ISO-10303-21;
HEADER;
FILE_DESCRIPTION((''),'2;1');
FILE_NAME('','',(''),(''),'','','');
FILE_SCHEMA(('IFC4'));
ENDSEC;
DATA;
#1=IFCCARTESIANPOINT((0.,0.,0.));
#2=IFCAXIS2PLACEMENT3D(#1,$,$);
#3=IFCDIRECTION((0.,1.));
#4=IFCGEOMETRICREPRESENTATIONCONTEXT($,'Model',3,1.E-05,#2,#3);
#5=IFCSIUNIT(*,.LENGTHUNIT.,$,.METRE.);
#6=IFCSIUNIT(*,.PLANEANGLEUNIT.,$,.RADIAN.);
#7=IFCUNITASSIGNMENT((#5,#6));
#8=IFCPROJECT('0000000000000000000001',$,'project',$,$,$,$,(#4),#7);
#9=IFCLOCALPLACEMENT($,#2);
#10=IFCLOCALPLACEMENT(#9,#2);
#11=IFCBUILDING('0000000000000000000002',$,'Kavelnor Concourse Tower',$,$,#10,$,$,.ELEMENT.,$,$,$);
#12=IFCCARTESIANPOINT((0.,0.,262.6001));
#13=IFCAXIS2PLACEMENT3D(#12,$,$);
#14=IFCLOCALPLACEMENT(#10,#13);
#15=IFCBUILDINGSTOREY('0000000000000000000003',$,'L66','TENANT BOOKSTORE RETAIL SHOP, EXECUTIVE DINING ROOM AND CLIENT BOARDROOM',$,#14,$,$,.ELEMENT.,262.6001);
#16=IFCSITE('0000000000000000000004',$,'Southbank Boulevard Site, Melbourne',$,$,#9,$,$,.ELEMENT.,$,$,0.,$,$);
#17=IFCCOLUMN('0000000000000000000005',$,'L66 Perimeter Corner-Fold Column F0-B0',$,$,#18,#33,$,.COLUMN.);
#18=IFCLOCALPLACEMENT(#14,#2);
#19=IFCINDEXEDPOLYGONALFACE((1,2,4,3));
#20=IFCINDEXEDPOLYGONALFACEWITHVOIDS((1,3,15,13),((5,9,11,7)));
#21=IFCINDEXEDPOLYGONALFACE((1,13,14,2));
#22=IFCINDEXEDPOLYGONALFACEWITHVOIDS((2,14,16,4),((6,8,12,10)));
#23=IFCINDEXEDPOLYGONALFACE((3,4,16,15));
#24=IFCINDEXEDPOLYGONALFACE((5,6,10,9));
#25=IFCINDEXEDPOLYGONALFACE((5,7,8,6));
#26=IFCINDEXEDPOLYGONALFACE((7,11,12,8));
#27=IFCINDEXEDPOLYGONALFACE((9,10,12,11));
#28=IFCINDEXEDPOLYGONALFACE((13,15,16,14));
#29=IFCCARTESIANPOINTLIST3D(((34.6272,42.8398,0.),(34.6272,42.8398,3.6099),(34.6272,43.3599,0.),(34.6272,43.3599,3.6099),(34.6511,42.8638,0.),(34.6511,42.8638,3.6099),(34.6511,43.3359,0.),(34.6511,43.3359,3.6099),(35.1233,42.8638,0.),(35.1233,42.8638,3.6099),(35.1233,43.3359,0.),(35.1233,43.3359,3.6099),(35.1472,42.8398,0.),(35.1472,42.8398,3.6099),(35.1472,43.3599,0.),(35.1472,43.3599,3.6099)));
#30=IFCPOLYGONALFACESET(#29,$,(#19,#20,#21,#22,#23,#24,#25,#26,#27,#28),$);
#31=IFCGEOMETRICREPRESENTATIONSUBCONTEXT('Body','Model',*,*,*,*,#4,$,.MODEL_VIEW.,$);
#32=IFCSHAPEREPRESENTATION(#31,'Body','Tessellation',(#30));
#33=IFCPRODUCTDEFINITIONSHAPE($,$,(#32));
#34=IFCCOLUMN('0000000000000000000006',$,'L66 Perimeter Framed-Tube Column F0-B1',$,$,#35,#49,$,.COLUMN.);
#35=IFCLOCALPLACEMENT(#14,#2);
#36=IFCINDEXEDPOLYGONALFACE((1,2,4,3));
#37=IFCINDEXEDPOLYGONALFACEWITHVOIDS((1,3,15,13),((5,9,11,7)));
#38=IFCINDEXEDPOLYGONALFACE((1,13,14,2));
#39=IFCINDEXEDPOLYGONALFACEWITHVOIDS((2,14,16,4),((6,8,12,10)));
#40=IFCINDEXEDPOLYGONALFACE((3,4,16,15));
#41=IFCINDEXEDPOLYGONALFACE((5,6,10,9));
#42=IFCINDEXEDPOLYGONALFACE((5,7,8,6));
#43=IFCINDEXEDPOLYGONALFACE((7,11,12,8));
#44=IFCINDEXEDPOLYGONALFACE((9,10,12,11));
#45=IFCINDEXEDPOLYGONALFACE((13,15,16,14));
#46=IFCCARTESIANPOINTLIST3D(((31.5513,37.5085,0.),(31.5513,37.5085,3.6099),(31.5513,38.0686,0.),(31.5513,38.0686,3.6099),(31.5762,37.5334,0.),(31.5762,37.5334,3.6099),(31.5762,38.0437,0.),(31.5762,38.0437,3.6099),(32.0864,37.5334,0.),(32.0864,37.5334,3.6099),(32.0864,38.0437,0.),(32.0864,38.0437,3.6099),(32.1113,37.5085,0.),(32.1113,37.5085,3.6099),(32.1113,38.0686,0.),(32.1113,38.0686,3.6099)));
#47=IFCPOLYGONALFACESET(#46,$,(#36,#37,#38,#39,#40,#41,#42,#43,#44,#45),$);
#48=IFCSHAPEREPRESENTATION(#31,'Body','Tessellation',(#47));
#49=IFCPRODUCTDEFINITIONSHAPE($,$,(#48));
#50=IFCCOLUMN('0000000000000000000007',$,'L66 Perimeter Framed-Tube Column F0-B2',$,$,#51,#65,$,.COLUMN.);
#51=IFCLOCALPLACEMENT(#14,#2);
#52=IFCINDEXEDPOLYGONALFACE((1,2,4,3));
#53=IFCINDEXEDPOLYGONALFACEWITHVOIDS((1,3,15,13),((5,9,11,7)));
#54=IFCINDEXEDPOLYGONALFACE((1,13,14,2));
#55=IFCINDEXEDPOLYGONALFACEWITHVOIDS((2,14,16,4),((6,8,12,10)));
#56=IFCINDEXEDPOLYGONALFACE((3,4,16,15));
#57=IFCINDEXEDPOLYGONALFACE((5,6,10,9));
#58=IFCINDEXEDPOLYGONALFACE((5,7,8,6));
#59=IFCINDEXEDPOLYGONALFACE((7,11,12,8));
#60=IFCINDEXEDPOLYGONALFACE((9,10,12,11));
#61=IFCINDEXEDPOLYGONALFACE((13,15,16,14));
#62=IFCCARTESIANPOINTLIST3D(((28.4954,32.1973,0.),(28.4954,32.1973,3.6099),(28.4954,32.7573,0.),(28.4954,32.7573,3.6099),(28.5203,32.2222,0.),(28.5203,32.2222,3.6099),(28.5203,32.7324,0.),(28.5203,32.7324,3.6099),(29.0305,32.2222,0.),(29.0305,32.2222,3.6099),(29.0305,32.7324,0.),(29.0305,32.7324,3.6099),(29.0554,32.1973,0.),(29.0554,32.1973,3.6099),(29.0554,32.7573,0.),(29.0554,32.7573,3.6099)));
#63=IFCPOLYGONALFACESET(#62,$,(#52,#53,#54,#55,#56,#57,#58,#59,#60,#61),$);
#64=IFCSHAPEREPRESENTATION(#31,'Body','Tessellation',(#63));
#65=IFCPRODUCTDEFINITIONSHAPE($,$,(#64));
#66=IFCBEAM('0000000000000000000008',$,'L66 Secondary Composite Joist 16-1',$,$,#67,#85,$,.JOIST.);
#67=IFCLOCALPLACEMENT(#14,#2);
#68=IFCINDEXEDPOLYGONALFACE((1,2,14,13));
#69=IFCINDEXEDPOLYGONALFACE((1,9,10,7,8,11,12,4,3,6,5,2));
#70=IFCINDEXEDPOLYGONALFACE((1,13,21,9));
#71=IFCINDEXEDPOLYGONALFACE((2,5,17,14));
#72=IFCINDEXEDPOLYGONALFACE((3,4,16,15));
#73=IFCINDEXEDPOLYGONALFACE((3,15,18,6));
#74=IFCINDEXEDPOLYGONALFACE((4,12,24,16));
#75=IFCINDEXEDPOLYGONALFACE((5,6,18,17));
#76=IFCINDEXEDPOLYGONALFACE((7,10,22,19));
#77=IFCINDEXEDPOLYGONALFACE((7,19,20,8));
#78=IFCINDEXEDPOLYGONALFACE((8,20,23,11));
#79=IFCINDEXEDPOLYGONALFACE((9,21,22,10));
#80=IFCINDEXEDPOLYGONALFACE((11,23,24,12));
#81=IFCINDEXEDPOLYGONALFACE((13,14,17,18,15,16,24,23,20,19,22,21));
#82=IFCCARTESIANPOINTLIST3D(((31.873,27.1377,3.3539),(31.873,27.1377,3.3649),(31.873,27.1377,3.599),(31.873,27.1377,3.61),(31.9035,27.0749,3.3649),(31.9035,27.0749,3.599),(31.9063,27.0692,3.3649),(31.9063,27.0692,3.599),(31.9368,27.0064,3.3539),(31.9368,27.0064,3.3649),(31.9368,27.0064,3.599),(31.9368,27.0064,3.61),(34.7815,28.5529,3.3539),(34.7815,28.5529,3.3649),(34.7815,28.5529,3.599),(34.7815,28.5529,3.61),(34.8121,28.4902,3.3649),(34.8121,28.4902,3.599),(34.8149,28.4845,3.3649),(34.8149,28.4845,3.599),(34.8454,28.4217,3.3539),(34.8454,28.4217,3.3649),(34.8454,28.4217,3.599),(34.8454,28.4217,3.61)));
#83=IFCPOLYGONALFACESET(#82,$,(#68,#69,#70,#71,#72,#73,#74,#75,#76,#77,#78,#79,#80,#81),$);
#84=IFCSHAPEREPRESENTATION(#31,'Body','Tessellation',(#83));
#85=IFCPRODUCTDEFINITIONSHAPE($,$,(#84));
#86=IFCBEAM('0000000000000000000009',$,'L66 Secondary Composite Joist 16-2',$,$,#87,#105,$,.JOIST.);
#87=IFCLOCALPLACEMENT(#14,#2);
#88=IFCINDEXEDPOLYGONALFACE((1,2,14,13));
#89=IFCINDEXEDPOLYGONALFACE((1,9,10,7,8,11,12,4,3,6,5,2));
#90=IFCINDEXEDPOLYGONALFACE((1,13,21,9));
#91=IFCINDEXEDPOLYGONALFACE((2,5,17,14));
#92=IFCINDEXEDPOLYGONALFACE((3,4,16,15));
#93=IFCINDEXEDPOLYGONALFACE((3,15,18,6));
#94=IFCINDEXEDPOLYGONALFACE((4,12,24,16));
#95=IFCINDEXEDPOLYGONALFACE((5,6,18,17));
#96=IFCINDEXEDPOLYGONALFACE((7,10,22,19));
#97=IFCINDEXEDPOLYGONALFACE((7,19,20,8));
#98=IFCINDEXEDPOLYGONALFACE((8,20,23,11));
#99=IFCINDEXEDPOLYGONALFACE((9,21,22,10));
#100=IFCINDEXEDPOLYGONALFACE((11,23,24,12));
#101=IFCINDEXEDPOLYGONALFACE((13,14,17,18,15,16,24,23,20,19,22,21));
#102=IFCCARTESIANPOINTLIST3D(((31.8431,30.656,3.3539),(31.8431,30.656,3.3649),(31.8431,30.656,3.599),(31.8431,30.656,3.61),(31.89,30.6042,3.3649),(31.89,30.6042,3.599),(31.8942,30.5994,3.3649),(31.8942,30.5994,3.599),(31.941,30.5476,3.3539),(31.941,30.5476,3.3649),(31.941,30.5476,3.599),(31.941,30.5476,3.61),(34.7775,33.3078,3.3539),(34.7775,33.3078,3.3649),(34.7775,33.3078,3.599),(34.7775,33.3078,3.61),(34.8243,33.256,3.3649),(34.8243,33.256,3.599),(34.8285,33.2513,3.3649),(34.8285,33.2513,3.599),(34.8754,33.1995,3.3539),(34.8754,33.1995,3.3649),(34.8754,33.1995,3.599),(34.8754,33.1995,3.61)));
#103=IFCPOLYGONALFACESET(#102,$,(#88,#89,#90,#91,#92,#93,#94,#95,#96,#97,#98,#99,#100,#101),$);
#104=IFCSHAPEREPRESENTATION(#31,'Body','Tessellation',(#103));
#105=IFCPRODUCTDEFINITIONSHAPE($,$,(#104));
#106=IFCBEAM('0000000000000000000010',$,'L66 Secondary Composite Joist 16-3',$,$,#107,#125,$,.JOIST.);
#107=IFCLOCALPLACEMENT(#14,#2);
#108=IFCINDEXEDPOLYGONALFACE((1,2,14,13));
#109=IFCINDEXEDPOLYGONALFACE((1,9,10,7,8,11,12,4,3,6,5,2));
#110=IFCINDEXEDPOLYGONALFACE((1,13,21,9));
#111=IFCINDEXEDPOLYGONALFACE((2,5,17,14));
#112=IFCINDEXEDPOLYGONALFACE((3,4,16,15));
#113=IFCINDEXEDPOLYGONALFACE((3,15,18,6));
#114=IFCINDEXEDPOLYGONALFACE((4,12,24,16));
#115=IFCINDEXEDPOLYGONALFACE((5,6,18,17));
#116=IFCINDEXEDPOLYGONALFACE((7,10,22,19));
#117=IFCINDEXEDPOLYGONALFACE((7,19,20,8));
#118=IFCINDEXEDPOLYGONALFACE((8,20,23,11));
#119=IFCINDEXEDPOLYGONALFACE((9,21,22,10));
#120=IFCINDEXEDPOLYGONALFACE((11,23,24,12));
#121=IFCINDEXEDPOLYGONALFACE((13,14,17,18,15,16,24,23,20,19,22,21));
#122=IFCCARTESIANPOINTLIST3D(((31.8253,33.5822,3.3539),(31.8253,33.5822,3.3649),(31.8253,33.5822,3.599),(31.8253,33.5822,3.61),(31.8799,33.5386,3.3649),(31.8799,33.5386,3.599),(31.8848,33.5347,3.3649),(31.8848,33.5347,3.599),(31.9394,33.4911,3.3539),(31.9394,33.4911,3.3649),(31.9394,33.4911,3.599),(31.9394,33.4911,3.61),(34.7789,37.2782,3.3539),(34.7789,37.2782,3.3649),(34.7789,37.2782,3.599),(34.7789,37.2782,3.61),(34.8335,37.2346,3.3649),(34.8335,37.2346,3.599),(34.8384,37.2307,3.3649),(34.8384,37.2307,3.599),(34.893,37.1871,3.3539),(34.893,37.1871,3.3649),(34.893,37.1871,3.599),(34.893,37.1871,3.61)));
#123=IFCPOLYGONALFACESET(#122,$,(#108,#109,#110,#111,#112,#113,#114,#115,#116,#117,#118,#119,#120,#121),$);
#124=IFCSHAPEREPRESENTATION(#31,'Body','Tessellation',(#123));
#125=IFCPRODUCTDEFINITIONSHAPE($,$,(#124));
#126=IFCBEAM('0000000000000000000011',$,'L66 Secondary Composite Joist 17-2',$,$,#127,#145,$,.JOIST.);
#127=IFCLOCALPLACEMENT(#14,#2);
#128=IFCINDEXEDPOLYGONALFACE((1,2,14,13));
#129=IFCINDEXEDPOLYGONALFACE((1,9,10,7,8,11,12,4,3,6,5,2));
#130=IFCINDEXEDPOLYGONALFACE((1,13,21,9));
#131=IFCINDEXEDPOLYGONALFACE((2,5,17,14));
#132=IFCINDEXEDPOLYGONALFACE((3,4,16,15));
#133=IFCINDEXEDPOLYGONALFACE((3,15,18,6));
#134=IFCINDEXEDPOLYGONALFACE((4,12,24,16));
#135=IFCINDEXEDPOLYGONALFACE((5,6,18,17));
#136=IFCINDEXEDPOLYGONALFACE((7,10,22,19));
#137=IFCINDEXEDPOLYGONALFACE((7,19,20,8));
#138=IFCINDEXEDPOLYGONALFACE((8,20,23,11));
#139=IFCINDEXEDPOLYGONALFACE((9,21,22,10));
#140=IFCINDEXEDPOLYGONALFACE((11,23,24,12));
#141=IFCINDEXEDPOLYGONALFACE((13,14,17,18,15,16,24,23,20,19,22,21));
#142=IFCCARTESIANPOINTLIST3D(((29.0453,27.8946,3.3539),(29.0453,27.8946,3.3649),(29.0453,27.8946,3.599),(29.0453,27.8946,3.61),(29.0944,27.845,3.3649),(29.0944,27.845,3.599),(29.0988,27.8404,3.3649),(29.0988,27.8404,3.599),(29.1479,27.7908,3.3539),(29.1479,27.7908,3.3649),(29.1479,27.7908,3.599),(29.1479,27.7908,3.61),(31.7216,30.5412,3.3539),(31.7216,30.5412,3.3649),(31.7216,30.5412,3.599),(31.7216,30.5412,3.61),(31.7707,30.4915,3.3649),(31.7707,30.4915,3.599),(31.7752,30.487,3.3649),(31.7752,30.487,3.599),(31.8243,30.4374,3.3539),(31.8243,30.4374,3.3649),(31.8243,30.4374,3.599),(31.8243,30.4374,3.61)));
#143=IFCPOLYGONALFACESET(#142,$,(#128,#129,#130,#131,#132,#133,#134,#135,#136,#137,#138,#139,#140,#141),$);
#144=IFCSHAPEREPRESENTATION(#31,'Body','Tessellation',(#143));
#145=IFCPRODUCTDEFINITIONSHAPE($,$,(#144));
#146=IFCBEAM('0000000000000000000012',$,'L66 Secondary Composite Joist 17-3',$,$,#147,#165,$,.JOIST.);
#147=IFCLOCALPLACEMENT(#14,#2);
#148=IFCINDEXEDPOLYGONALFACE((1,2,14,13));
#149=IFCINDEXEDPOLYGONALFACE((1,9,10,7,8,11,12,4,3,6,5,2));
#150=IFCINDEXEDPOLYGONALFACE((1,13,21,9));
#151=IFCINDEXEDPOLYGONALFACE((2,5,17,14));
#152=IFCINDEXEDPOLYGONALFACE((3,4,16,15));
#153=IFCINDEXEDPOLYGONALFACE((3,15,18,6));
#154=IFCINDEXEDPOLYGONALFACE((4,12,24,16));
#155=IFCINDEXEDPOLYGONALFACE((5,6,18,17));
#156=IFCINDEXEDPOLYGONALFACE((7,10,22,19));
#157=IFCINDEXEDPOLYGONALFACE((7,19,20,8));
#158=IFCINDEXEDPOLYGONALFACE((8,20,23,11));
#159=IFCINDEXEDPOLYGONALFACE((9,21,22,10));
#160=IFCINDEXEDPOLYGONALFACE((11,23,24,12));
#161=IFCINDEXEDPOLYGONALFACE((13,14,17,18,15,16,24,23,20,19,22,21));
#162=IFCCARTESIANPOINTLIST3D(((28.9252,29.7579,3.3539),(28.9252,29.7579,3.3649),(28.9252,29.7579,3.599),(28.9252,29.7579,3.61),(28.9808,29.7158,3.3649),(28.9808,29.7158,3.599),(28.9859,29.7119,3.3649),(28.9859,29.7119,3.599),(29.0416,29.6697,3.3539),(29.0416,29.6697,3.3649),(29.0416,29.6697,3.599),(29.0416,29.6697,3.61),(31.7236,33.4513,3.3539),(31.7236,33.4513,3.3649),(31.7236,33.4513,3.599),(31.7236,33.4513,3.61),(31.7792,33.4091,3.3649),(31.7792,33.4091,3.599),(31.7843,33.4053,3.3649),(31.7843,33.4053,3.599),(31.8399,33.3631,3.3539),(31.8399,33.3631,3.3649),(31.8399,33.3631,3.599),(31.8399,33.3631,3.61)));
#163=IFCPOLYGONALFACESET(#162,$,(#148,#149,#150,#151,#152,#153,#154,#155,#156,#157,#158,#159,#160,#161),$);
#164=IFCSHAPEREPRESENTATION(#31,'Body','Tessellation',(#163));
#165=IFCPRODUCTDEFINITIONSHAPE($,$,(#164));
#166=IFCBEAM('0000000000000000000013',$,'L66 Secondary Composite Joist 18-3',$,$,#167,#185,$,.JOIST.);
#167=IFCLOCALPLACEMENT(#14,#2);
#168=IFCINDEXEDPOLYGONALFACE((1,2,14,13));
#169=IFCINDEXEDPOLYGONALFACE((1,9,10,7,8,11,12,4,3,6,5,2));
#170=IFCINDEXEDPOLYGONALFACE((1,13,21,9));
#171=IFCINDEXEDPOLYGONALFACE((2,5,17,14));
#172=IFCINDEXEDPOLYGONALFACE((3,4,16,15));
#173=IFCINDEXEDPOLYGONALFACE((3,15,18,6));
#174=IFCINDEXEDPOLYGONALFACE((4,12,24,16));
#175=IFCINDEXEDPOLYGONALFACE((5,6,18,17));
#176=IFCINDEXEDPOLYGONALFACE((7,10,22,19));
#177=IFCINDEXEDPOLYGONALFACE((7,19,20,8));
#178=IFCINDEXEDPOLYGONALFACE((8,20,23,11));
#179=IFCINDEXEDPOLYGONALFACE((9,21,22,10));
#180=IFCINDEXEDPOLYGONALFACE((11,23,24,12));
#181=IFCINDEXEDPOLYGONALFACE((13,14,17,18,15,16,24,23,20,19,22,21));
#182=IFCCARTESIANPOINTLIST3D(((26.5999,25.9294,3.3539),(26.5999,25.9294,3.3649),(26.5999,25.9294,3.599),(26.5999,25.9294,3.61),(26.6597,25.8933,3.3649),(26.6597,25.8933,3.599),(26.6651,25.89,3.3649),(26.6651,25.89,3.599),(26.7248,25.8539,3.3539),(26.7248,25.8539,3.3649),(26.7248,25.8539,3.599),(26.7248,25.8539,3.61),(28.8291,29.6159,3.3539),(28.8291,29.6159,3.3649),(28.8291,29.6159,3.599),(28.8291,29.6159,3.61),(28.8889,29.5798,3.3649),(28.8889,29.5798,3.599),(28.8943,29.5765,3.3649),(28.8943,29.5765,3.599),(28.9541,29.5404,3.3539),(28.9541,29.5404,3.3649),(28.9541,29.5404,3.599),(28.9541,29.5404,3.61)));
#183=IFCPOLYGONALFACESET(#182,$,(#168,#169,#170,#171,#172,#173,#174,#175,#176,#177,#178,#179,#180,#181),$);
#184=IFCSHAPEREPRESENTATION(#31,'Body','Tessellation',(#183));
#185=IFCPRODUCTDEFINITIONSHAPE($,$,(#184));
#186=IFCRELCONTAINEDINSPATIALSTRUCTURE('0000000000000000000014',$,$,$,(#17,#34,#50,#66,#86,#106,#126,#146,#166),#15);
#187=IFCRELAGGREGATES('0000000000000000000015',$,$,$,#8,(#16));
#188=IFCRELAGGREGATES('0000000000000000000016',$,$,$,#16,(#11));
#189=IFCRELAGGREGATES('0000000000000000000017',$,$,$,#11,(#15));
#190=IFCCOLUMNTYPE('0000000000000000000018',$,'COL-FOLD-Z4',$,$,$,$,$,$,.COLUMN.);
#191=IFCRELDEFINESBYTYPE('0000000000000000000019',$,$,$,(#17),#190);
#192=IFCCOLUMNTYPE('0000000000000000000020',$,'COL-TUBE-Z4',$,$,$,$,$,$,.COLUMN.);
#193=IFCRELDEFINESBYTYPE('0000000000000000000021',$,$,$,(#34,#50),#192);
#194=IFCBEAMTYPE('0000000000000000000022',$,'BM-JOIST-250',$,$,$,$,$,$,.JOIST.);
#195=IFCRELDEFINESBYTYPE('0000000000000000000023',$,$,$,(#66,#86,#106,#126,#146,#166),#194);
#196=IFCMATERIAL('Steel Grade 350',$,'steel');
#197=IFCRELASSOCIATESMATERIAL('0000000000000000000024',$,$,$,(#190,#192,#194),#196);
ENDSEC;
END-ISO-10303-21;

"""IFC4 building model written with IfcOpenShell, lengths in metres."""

from ifc_helpers import new_model, si_unit, direction, frame, origin, origin_2d, place, context, subcontext, project, spatial, hollow_rectangle, i_section, extrude, material, material_profile, profile_set, type_object, element, save


model = new_model("IFC4")

# Units and contexts
model_context = context("Model", 3, precision=1e-05, world=origin(), true_north=direction((0.0, 1.0)))
body_context = subcontext(model_context, "Body", "Model", "MODEL_VIEW")
ifc_project = project(units=[si_unit("LENGTHUNIT", "METRE"), si_unit("PLANEANGLEUNIT", "RADIAN")], contexts=[model_context])

# Site, building, storey
site_placement = place(None, origin())
site = spatial("IfcSite", under=ifc_project, at=site_placement, Name="Southbank Boulevard Site, Melbourne", CompositionType="ELEMENT", RefElevation=0.0)
building_placement = place(site_placement, origin())
building = spatial("IfcBuilding", under=site, at=building_placement, Name="Kavelnor Concourse Tower", CompositionType="ELEMENT")
storey_placement = place(building_placement, frame((0.0, 0.0, 262.6001)))
storey = spatial("IfcBuildingStorey", under=building, at=storey_placement, Name="L66", Description="TENANT BOOKSTORE RETAIL SHOP, EXECUTIVE DINING ROOM AND CLIENT BOARDROOM", CompositionType="ELEMENT", Elevation=262.6001)

# Columns
ifc_material_1 = material(Name="Steel Grade 350", Category="steel")
ifc_material_profile_1 = material_profile(ifc_material_1, hollow_rectangle(XDim=0.52, YDim=0.52, WallThickness=0.0239, at=origin_2d()), Name="SHS 520x520x24")
ifc_profile_set_1 = profile_set([ifc_material_profile_1], Name="Steel Grade 350")
column_type_1 = type_object("IfcColumnType", Name="COL-FOLD-Z4", PredefinedType="COLUMN", material=ifc_profile_set_1)
column_placement = place(storey_placement, frame((34.8872, 43.0999, 0.0), z_axis=(0.0, 0.0, 1.0), x_axis=(1.0, 0.0, 0.0)))
element("IfcColumn", 1, at=column_placement, inside=storey, type_object=column_type_1, Name="L66 Perimeter Corner-Fold Column F0-B0", PredefinedType="COLUMN", context=body_context, shape_type="SweptSolid", body=[
    extrude(hollow_rectangle(XDim=0.52, YDim=0.52, WallThickness=0.0239, at=origin_2d()), origin(), (0.0, 0.0, 1.0), 3.6099),
])
ifc_material_profile_2 = material_profile(ifc_material_1, hollow_rectangle(XDim=0.5601, YDim=0.5601, WallThickness=0.0249, at=origin_2d()), Name="SHS 560x560x25")
ifc_profile_set_2 = profile_set([ifc_material_profile_2], Name="Steel Grade 350")
column_type_2 = type_object("IfcColumnType", Name="COL-TUBE-Z4", PredefinedType="COLUMN", material=ifc_profile_set_2)
for number, where, z_axis, x_axis, name in (
    (2, (31.8313, 37.7886, 0.0), (0.0, 0.0, 1.0), (1.0, 0.0, 0.0), "L66 Perimeter Framed-Tube Column F0-B1"),
    (3, (28.7754, 32.4773, 0.0), (0.0, 0.0, 1.0), (1.0, 0.0, 0.0), "L66 Perimeter Framed-Tube Column F0-B2"),
):
    element("IfcColumn", number, at=place(storey_placement, frame(where, z_axis=z_axis, x_axis=x_axis)), inside=storey, type_object=column_type_2, Name=name, PredefinedType="COLUMN", context=body_context, shape_type="SweptSolid", body=[
        extrude(hollow_rectangle(XDim=0.5601, YDim=0.5601, WallThickness=0.0249, at=origin_2d()), origin(), (0.0, 0.0, 1.0), 3.6099),
    ])

# Beams
ifc_material_profile_3 = material_profile(ifc_material_1, i_section(OverallWidth=0.146, OverallDepth=0.2561, WebThickness=0.0063, FlangeThickness=0.011, at=origin_2d()), Name="250UB37")
ifc_profile_set_3 = profile_set([ifc_material_profile_3], Name="Steel Grade 350")
beam_type_1 = type_object("IfcBeamType", Name="BM-JOIST-250", PredefinedType="JOIST", material=ifc_profile_set_3)
beam_1_placement = place(storey_placement, frame((34.8135, 28.4873, 3.4819), z_axis=(-0.899205, -0.437527, 0.0), x_axis=(0.437527, -0.899205, 0.0)))
element("IfcBeam", 4, at=beam_1_placement, inside=storey, type_object=beam_type_1, Name="L66 Secondary Composite Joist 16-1", PredefinedType="JOIST", context=body_context, shape_type="SweptSolid", body=[
    extrude(i_section(OverallWidth=0.146, OverallDepth=0.2561, WebThickness=0.0063, FlangeThickness=0.011, at=origin_2d()), origin(), (0.0, 0.0, 1.0), 3.2346),
])
beam_2_placement = place(storey_placement, frame((34.8264, 33.2537, 3.4819), z_axis=(-0.741914, -0.670495, 0.0), x_axis=(0.670495, -0.741914, 0.0)))
element("IfcBeam", 5, at=beam_2_placement, inside=storey, type_object=beam_type_1, Name="L66 Secondary Composite Joist 16-2", PredefinedType="JOIST", context=body_context, shape_type="SweptSolid", body=[
    extrude(i_section(OverallWidth=0.146, OverallDepth=0.2561, WebThickness=0.0063, FlangeThickness=0.011, at=origin_2d()), origin(), (0.0, 0.0, 1.0), 3.9551),
])
beam_3_placement = place(storey_placement, frame((34.8359, 37.2327, 3.4819), z_axis=(-0.62428, -0.781201, 0.0), x_axis=(0.781201, -0.62428, 0.0)))
element("IfcBeam", 6, at=beam_3_placement, inside=storey, type_object=beam_type_1, Name="L66 Secondary Composite Joist 16-3", PredefinedType="JOIST", context=body_context, shape_type="SweptSolid", body=[
    extrude(i_section(OverallWidth=0.146, OverallDepth=0.2561, WebThickness=0.0063, FlangeThickness=0.011, at=origin_2d()), origin(), (0.0, 0.0, 1.0), 4.7312),
])
beam_4_placement = place(storey_placement, frame((31.7729, 30.4893, 3.4819), z_axis=(-0.711052, -0.703139, 0.0), x_axis=(0.703139, -0.711052, 0.0)))
element("IfcBeam", 7, at=beam_4_placement, inside=storey, type_object=beam_type_1, Name="L66 Secondary Composite Joist 17-2", PredefinedType="JOIST", context=body_context, shape_type="SweptSolid", body=[
    extrude(i_section(OverallWidth=0.146, OverallDepth=0.2561, WebThickness=0.0063, FlangeThickness=0.011, at=origin_2d()), origin(), (0.0, 0.0, 1.0), 3.7639),
])
beam_5_placement = place(storey_placement, frame((31.7817, 33.4072, 3.4819), z_axis=(-0.603904, -0.797057, 0.0), x_axis=(0.797057, -0.603904, 0.0)))
element("IfcBeam", 8, at=beam_5_placement, inside=storey, type_object=beam_type_1, Name="L66 Secondary Composite Joist 17-3", PredefinedType="JOIST", context=body_context, shape_type="SweptSolid", body=[
    extrude(i_section(OverallWidth=0.146, OverallDepth=0.2561, WebThickness=0.0063, FlangeThickness=0.011, at=origin_2d()), origin(), (0.0, 0.0, 1.0), 4.6338),
])
beam_6_placement = place(storey_placement, frame((28.8916, 29.5781, 3.4819), z_axis=(-0.517451, -0.855713, 0.0), x_axis=(0.855713, -0.517451, 0.0)))
element("IfcBeam", 9, at=beam_6_placement, inside=storey, type_object=beam_type_1, Name="L66 Secondary Composite Joist 18-3", PredefinedType="JOIST", context=body_context, shape_type="SweptSolid", body=[
    extrude(i_section(OverallWidth=0.146, OverallDepth=0.2561, WebThickness=0.0063, FlangeThickness=0.011, at=origin_2d()), origin(), (0.0, 0.0, 1.0), 4.3081),
])

save(model, "model.ifc")
